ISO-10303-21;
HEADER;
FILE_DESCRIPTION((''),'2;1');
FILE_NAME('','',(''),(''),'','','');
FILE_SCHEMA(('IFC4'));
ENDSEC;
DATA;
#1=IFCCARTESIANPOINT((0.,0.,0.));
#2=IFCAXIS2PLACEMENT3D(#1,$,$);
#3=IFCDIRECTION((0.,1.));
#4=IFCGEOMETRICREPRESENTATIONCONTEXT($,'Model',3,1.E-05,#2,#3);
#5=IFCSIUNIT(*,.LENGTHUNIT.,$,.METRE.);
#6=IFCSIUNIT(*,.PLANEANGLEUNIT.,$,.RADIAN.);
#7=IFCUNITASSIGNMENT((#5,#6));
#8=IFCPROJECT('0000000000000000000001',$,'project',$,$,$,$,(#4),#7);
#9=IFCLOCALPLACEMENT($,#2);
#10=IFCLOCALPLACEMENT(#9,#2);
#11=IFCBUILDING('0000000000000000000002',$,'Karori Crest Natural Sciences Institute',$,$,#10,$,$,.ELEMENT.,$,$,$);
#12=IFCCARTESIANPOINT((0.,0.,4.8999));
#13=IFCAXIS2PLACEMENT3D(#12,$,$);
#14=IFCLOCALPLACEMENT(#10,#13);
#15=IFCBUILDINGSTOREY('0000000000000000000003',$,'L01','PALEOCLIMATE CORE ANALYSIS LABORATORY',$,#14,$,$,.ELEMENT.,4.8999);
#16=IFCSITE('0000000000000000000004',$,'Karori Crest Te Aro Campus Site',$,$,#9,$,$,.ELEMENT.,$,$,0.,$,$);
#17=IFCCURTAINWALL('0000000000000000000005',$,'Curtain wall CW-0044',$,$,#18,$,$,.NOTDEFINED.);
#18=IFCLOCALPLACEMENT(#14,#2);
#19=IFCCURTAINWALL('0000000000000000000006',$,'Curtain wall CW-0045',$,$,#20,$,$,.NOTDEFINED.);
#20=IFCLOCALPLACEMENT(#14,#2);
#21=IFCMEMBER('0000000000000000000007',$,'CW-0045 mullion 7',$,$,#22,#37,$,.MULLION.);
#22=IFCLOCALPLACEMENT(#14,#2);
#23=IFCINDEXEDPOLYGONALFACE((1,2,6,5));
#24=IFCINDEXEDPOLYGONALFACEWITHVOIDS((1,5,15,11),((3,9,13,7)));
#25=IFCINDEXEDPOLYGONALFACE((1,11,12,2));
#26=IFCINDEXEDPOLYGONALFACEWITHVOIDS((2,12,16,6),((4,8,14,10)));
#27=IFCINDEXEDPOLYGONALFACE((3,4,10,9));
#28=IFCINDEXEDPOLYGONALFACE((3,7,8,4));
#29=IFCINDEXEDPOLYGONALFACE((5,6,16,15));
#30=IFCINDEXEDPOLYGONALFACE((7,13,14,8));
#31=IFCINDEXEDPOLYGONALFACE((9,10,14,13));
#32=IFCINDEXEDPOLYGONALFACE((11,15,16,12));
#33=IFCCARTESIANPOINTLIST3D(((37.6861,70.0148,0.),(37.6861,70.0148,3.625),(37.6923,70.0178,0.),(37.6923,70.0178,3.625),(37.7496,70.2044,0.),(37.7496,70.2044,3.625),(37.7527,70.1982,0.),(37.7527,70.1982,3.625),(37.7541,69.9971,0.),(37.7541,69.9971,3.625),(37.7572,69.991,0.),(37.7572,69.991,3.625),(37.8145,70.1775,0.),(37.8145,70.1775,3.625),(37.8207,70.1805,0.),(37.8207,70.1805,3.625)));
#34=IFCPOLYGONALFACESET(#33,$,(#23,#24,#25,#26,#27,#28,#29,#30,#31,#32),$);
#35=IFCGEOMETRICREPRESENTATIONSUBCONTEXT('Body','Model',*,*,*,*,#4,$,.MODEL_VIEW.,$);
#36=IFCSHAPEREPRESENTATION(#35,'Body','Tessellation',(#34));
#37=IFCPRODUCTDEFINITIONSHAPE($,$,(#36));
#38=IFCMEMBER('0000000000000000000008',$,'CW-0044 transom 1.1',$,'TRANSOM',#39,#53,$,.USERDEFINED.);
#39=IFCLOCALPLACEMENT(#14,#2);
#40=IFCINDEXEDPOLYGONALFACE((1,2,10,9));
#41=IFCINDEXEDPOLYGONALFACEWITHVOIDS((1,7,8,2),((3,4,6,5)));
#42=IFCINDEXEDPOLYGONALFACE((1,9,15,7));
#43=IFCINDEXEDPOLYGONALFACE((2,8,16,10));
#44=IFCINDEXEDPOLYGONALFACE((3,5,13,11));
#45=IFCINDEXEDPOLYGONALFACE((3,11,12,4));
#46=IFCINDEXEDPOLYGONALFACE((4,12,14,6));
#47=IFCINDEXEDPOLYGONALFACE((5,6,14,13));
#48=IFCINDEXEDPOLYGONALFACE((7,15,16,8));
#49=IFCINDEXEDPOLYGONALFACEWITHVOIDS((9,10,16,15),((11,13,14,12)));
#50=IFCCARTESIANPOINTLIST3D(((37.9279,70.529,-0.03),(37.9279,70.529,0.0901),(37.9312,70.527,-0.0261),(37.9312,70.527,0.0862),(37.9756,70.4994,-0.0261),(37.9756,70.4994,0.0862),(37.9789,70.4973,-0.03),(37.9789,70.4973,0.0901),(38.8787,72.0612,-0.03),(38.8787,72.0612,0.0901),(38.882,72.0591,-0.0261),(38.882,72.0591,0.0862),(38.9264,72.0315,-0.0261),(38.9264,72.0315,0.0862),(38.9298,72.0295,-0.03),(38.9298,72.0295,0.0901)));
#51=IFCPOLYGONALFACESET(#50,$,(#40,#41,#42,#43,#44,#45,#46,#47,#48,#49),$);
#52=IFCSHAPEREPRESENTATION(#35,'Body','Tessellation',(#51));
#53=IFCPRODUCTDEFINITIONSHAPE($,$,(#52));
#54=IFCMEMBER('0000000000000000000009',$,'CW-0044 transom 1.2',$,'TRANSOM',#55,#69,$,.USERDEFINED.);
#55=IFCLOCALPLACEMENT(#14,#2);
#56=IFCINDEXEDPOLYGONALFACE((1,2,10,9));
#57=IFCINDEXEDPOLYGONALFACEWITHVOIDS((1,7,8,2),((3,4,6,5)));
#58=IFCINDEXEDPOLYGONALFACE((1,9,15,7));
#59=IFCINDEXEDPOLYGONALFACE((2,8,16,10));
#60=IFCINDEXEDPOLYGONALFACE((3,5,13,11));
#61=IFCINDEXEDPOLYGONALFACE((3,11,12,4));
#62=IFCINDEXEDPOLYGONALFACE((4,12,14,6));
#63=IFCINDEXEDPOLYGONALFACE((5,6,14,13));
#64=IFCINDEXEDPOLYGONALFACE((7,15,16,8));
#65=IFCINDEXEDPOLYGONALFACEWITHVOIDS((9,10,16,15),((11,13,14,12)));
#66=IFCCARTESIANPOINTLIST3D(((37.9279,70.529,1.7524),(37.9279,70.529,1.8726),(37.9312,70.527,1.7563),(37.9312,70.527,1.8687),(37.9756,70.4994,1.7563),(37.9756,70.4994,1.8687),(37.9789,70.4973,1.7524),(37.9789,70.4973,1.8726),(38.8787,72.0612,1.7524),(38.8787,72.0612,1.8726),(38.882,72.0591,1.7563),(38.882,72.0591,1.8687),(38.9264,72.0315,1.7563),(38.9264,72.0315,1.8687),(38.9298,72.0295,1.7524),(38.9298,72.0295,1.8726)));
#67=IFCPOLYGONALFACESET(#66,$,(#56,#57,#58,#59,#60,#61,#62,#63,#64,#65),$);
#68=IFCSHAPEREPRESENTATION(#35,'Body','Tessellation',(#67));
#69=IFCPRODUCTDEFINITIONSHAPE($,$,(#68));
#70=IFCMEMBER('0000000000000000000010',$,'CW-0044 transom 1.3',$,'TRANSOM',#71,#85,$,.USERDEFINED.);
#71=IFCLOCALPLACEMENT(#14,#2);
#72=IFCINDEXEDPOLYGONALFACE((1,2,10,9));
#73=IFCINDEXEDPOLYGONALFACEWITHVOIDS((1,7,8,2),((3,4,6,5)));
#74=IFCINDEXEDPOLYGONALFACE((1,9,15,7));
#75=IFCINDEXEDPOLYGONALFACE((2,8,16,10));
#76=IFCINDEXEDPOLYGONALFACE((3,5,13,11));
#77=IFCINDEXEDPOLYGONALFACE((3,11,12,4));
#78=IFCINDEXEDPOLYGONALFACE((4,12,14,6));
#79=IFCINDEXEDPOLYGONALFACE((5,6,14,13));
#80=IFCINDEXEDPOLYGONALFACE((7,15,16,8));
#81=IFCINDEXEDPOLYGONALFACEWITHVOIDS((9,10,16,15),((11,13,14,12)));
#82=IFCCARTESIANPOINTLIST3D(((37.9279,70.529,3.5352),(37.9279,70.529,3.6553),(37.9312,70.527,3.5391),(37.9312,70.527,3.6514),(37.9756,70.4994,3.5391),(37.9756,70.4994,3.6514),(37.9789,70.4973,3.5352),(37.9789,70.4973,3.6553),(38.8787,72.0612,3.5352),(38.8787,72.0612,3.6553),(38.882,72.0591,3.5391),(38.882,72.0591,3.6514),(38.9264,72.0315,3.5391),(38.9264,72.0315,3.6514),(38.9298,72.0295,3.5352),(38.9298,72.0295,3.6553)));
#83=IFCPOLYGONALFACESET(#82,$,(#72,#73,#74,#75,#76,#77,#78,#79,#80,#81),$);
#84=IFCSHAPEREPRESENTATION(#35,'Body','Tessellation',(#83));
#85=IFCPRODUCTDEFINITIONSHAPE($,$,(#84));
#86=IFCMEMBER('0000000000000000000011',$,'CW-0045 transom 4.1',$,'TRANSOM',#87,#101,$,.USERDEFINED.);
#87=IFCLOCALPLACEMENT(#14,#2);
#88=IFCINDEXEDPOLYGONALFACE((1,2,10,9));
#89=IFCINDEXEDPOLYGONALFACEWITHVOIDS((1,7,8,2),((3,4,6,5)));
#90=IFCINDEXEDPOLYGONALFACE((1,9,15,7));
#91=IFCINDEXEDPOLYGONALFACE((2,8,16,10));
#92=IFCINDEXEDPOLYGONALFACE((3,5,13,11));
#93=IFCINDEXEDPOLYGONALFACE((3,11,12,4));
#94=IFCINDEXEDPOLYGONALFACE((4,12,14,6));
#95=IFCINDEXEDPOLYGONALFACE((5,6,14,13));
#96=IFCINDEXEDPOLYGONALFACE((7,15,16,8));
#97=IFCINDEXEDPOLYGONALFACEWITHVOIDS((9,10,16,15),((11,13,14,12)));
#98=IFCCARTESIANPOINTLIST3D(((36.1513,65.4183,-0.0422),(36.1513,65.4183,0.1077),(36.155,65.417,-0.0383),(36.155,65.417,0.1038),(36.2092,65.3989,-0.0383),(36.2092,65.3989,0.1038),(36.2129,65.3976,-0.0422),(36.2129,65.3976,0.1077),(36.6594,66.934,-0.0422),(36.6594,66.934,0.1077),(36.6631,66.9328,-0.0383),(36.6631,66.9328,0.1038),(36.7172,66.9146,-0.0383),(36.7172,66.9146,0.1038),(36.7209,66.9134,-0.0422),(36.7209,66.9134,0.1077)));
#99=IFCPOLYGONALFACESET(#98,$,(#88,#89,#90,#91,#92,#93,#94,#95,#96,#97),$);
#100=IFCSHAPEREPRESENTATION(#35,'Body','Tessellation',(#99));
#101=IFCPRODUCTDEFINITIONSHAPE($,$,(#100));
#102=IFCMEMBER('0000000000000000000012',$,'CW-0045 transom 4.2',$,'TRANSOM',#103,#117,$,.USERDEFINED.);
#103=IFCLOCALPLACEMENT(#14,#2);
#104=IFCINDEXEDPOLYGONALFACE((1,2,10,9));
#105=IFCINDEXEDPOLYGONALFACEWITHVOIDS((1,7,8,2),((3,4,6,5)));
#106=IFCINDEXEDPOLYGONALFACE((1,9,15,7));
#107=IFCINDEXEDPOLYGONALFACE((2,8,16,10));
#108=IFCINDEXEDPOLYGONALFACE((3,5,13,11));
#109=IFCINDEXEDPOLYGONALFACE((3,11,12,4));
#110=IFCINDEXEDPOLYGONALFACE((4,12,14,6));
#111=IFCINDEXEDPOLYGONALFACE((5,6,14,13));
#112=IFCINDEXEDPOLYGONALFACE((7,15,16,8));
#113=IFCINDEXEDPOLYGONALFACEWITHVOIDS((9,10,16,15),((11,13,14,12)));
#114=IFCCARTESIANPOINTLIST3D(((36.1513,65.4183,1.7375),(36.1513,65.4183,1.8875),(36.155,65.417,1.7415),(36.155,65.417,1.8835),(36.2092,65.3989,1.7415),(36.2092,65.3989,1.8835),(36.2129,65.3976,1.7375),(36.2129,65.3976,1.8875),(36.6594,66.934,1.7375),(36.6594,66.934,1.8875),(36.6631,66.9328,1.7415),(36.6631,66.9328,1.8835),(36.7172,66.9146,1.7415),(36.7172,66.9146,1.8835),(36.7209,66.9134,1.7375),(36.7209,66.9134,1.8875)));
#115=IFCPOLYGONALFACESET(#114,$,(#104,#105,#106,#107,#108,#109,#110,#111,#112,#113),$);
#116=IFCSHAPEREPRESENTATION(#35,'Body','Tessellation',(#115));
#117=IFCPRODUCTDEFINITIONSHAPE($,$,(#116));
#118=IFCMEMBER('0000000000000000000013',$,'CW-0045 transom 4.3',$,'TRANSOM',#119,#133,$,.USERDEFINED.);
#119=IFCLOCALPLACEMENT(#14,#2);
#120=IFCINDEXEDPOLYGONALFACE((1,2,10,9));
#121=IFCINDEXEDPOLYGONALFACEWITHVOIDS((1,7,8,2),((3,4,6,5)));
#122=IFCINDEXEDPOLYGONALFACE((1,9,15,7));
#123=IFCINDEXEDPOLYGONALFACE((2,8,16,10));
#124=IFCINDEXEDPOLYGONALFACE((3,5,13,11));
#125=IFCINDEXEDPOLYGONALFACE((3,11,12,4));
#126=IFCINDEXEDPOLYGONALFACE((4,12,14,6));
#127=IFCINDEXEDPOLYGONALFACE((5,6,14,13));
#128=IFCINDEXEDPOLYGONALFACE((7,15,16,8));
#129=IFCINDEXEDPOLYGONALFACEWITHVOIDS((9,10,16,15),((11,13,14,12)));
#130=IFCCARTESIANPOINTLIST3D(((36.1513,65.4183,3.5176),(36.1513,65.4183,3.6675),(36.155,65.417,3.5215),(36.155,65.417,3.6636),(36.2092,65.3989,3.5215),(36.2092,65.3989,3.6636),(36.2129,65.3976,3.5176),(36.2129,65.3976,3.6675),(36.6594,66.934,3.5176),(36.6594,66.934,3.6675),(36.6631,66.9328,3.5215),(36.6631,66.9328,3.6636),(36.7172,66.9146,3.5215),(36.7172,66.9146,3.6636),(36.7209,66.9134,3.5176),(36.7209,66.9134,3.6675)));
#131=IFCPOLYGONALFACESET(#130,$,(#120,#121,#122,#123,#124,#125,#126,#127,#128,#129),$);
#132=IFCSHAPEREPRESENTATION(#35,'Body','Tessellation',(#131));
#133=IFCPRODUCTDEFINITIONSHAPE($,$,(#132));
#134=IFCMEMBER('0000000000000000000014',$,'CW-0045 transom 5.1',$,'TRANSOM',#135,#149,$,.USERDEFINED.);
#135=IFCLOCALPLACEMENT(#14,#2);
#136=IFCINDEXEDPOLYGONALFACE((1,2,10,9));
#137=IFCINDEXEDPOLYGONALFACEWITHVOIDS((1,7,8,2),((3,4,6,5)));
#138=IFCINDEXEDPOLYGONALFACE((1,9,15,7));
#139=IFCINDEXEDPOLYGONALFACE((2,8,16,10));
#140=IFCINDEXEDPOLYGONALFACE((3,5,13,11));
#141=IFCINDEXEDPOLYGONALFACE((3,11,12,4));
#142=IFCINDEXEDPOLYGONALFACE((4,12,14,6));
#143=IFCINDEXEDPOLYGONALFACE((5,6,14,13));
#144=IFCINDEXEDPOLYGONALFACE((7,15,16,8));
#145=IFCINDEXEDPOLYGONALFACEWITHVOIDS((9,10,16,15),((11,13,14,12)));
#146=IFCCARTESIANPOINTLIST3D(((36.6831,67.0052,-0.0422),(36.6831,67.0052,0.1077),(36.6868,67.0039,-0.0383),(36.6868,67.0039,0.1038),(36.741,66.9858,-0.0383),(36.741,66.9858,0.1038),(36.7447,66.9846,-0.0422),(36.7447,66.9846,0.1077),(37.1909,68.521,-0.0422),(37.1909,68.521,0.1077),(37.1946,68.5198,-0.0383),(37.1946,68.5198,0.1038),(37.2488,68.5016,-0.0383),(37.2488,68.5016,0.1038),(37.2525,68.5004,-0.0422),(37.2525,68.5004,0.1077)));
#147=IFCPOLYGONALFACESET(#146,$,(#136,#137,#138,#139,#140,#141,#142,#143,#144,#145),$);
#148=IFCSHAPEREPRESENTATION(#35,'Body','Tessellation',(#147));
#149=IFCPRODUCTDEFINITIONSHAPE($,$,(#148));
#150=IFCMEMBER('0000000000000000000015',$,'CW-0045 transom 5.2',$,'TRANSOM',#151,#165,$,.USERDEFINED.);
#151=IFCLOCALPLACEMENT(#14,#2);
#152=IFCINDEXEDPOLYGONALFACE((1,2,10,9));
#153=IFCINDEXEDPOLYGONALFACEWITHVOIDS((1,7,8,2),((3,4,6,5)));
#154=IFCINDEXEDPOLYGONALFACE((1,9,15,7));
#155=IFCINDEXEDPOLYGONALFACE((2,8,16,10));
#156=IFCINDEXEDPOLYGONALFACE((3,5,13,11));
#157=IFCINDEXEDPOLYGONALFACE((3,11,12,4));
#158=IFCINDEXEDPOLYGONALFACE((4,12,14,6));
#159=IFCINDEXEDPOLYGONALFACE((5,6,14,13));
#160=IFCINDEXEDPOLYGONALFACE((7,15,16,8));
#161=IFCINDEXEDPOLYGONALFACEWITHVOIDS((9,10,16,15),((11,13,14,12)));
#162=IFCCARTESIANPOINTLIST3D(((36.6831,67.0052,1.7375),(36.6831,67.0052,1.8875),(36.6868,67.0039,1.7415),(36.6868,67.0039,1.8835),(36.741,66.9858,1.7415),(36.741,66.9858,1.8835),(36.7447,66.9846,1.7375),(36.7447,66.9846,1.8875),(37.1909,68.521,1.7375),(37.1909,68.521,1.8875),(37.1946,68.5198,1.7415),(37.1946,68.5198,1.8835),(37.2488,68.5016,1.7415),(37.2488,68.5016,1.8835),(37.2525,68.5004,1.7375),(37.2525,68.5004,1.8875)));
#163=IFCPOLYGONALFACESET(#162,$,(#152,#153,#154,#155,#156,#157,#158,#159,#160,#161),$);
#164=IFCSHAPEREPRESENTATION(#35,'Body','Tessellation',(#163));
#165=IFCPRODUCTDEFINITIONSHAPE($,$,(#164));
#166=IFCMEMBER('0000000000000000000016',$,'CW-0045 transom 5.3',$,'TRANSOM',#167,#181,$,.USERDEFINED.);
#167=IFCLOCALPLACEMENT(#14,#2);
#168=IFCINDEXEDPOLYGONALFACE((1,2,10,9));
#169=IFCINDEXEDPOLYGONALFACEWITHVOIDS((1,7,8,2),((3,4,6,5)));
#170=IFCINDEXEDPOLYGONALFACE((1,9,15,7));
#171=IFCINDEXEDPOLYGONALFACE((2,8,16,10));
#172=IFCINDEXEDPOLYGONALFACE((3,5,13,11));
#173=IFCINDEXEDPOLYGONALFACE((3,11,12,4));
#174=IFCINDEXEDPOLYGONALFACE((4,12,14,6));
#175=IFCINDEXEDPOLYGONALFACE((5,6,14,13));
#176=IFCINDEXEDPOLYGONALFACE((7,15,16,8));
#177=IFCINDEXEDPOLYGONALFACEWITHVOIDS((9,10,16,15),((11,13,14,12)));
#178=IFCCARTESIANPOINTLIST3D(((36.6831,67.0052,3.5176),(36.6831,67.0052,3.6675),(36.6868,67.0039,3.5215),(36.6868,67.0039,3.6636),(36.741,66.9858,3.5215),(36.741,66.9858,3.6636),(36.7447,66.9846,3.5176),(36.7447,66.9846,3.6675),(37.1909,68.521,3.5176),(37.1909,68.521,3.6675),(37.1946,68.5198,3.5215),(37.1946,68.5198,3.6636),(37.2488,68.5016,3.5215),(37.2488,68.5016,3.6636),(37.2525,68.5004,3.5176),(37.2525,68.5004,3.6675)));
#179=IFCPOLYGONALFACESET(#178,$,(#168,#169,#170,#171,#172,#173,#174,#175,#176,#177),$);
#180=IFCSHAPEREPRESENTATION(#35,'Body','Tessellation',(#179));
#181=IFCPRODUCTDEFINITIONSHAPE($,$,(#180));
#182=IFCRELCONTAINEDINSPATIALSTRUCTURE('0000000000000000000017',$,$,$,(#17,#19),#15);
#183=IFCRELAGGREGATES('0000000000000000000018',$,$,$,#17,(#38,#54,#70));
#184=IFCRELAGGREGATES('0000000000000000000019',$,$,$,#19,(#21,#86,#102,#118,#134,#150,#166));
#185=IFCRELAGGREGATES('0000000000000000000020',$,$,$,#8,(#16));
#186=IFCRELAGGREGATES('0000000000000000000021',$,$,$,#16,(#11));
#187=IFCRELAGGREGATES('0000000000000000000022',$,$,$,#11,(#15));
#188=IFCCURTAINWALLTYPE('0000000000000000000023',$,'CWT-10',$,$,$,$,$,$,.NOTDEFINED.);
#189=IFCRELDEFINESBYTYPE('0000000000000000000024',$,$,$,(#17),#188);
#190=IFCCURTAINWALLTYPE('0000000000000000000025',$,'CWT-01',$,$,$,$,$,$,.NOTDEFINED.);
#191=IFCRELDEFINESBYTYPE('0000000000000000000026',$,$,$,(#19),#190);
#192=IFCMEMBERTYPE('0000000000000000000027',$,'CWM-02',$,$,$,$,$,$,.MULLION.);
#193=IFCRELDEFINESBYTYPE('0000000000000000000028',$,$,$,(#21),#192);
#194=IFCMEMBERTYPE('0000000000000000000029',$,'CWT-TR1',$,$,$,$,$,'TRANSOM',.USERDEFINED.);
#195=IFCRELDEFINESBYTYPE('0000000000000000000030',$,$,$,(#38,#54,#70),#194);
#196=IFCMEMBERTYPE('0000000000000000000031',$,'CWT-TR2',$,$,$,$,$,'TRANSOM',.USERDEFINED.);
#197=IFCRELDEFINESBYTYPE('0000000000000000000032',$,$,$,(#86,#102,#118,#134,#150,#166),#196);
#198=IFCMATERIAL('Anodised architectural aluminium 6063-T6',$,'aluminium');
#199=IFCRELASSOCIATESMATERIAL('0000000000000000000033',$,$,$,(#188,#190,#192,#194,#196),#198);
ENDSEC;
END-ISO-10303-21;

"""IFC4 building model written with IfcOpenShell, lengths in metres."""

from ifc_helpers import new_model, si_unit, direction, frame, origin, origin_2d, place, context, subcontext, project, spatial, hollow_rectangle, extrude, material, material_profile, profile_set, type_object, element, aggregate, save


model = new_model("IFC4")

# Units and contexts
model_context = context("Model", 3, precision=1e-05, world=origin(), true_north=direction((0.0, 1.0)))
body_context = subcontext(model_context, "Body", "Model", "MODEL_VIEW")
ifc_project = project(units=[si_unit("LENGTHUNIT", "METRE"), si_unit("PLANEANGLEUNIT", "RADIAN")], contexts=[model_context])

# Site, building, storey
site_placement = place(None, origin())
site = spatial("IfcSite", under=ifc_project, at=site_placement, Name="Karori Crest Te Aro Campus Site", CompositionType="ELEMENT", RefElevation=0.0)
building_placement = place(site_placement, origin())
building = spatial("IfcBuilding", under=site, at=building_placement, Name="Karori Crest Natural Sciences Institute", CompositionType="ELEMENT")
storey_placement = place(building_placement, frame((0.0, 0.0, 4.8999)))
storey = spatial("IfcBuildingStorey", under=building, at=storey_placement, Name="L01", Description="PALEOCLIMATE CORE ANALYSIS LABORATORY", CompositionType="ELEMENT", Elevation=4.8999)

# Curtain walls, member
ifc_material_1 = material(Name="Anodised architectural aluminium 6063-T6", Category="aluminium")
curtain_wall_type_1 = type_object("IfcCurtainWallType", Name="CWT-10", PredefinedType="NOTDEFINED", material=ifc_material_1)
curtain_wall_1_placement = place(storey_placement, origin())
curtain_wall_1 = element("IfcCurtainWall", 1, at=curtain_wall_1_placement, inside=storey, type_object=curtain_wall_type_1, Name="Curtain wall CW-0044", PredefinedType="NOTDEFINED")
ifc_material_profile_1 = material_profile(ifc_material_1, hollow_rectangle(XDim=0.075, YDim=0.2, WallThickness=0.0049, at=origin_2d()), Name="CWM200x75x5")
ifc_profile_set_1 = profile_set([ifc_material_profile_1], Name="Anodised architectural aluminium 6063-T6")
member_type_1 = type_object("IfcMemberType", Name="CWM-02", PredefinedType="MULLION", material=ifc_profile_set_1)
curtain_wall_type_2 = type_object("IfcCurtainWallType", Name="CWT-01", PredefinedType="NOTDEFINED", material=ifc_material_1)
curtain_wall_2_placement = place(storey_placement, origin())
curtain_wall_2 = element("IfcCurtainWall", 2, at=curtain_wall_2_placement, inside=storey, type_object=curtain_wall_type_2, Name="Curtain wall CW-0045", PredefinedType="NOTDEFINED")
member_1_placement = place(storey_placement, frame((37.7534, 70.0977, 0.0), z_axis=(0.0, 0.0, 1.0), x_axis=(-0.948196, 0.317685, 0.0)))
member_1 = element("IfcMember", 3, at=member_1_placement, type_object=member_type_1, Name="CW-0045 mullion 7", PredefinedType="MULLION", context=body_context, shape_type="SweptSolid", body=[
    extrude(hollow_rectangle(XDim=0.075, YDim=0.2, WallThickness=0.0049, at=origin_2d()), origin(), (0.0, 0.0, 1.0), 3.625),
])

# Members
ifc_material_profile_2 = material_profile(ifc_material_1, hollow_rectangle(XDim=0.0601, YDim=0.1201, WallThickness=0.0039, at=origin_2d()), Name="CWT120x60x4")
ifc_profile_set_2 = profile_set([ifc_material_profile_2], Name="Anodised architectural aluminium 6063-T6")
member_type_2 = type_object("IfcMemberType", Name="CWT-TR1", ElementType="TRANSOM", PredefinedType="USERDEFINED", material=ifc_profile_set_2)
member_2_placement = place(storey_placement, frame((37.9534, 70.5132, 0.03), z_axis=(0.527319, 0.849667, 0.0), x_axis=(-0.849667, 0.527319, 0.0)))
member_2 = element("IfcMember", 4, at=member_2_placement, type_object=member_type_2, Name="CW-0044 transom 1.1", ObjectType="TRANSOM", PredefinedType="USERDEFINED", context=body_context, shape_type="SweptSolid", body=[
    extrude(hollow_rectangle(XDim=0.0601, YDim=0.1201, WallThickness=0.0039, at=origin_2d()), origin(), (0.0, 0.0, 1.0), 1.8032),
])
member_3_placement = place(storey_placement, frame((37.9534, 70.5132, 1.8125), z_axis=(0.527319, 0.849667, 0.0), x_axis=(-0.849667, 0.527319, 0.0)))
member_3 = element("IfcMember", 5, at=member_3_placement, type_object=member_type_2, Name="CW-0044 transom 1.2", ObjectType="TRANSOM", PredefinedType="USERDEFINED", context=body_context, shape_type="SweptSolid", body=[
    extrude(hollow_rectangle(XDim=0.0601, YDim=0.1201, WallThickness=0.0039, at=origin_2d()), origin(), (0.0, 0.0, 1.0), 1.8032),
])
member_4_placement = place(storey_placement, frame((37.9534, 70.5132, 3.5952), z_axis=(0.527319, 0.849667, 0.0), x_axis=(-0.849667, 0.527319, 0.0)))
member_4 = element("IfcMember", 6, at=member_4_placement, type_object=member_type_2, Name="CW-0044 transom 1.3", ObjectType="TRANSOM", PredefinedType="USERDEFINED", context=body_context, shape_type="SweptSolid", body=[
    extrude(hollow_rectangle(XDim=0.0601, YDim=0.1201, WallThickness=0.0039, at=origin_2d()), origin(), (0.0, 0.0, 1.0), 1.8032),
])
ifc_material_profile_3 = material_profile(ifc_material_1, hollow_rectangle(XDim=0.0649, YDim=0.1499, WallThickness=0.0039, at=origin_2d()), Name="CWT150x65x4")
ifc_profile_set_3 = profile_set([ifc_material_profile_3], Name="Anodised architectural aluminium 6063-T6")
member_type_3 = type_object("IfcMemberType", Name="CWT-TR2", ElementType="TRANSOM", PredefinedType="USERDEFINED", material=ifc_profile_set_3)
member_5_placement = place(storey_placement, frame((36.1821, 65.408, 0.0327), z_axis=(0.317785, 0.948163, 0.0), x_axis=(-0.948163, 0.317785, 0.0)))
member_5 = element("IfcMember", 7, at=member_5_placement, type_object=member_type_3, Name="CW-0045 transom 4.1", ObjectType="TRANSOM", PredefinedType="USERDEFINED", context=body_context, shape_type="SweptSolid", body=[
    extrude(hollow_rectangle(XDim=0.0649, YDim=0.1499, WallThickness=0.0039, at=origin_2d()), origin(), (0.0, 0.0, 1.0), 1.5986),
])
member_6_placement = place(storey_placement, frame((36.1821, 65.408, 1.8125), z_axis=(0.317785, 0.948163, 0.0), x_axis=(-0.948163, 0.317785, 0.0)))
member_6 = element("IfcMember", 8, at=member_6_placement, type_object=member_type_3, Name="CW-0045 transom 4.2", ObjectType="TRANSOM", PredefinedType="USERDEFINED", context=body_context, shape_type="SweptSolid", body=[
    extrude(hollow_rectangle(XDim=0.0649, YDim=0.1499, WallThickness=0.0039, at=origin_2d()), origin(), (0.0, 0.0, 1.0), 1.5986),
])
member_7_placement = place(storey_placement, frame((36.1821, 65.408, 3.5925), z_axis=(0.317785, 0.948163, 0.0), x_axis=(-0.948163, 0.317785, 0.0)))
member_7 = element("IfcMember", 9, at=member_7_placement, type_object=member_type_3, Name="CW-0045 transom 4.3", ObjectType="TRANSOM", PredefinedType="USERDEFINED", context=body_context, shape_type="SweptSolid", body=[
    extrude(hollow_rectangle(XDim=0.0649, YDim=0.1499, WallThickness=0.0039, at=origin_2d()), origin(), (0.0, 0.0, 1.0), 1.5986),
])
member_8_placement = place(storey_placement, frame((36.7139, 66.9949, 0.0327), z_axis=(0.317648, 0.948209, 0.0), x_axis=(-0.948209, 0.317648, 0.0)))
member_8 = element("IfcMember", 10, at=member_8_placement, type_object=member_type_3, Name="CW-0045 transom 5.1", ObjectType="TRANSOM", PredefinedType="USERDEFINED", context=body_context, shape_type="SweptSolid", body=[
    extrude(hollow_rectangle(XDim=0.0649, YDim=0.1499, WallThickness=0.0039, at=origin_2d()), origin(), (0.0, 0.0, 1.0), 1.5986),
])
member_9_placement = place(storey_placement, frame((36.7139, 66.9949, 1.8125), z_axis=(0.317648, 0.948209, 0.0), x_axis=(-0.948209, 0.317648, 0.0)))
member_9 = element("IfcMember", 11, at=member_9_placement, type_object=member_type_3, Name="CW-0045 transom 5.2", ObjectType="TRANSOM", PredefinedType="USERDEFINED", context=body_context, shape_type="SweptSolid", body=[
    extrude(hollow_rectangle(XDim=0.0649, YDim=0.1499, WallThickness=0.0039, at=origin_2d()), origin(), (0.0, 0.0, 1.0), 1.5986),
])
member_10_placement = place(storey_placement, frame((36.7139, 66.9949, 3.5925), z_axis=(0.317648, 0.948209, 0.0), x_axis=(-0.948209, 0.317648, 0.0)))
member_10 = element("IfcMember", 12, at=member_10_placement, type_object=member_type_3, Name="CW-0045 transom 5.3", ObjectType="TRANSOM", PredefinedType="USERDEFINED", context=body_context, shape_type="SweptSolid", body=[
    extrude(hollow_rectangle(XDim=0.0649, YDim=0.1499, WallThickness=0.0039, at=origin_2d()), origin(), (0.0, 0.0, 1.0), 1.5986),
])

aggregate(curtain_wall_1, [member_2, member_3, member_4])
aggregate(curtain_wall_2, [member_1, member_5, member_6, member_7, member_8, member_9, member_10])

save(model, "model.ifc")
